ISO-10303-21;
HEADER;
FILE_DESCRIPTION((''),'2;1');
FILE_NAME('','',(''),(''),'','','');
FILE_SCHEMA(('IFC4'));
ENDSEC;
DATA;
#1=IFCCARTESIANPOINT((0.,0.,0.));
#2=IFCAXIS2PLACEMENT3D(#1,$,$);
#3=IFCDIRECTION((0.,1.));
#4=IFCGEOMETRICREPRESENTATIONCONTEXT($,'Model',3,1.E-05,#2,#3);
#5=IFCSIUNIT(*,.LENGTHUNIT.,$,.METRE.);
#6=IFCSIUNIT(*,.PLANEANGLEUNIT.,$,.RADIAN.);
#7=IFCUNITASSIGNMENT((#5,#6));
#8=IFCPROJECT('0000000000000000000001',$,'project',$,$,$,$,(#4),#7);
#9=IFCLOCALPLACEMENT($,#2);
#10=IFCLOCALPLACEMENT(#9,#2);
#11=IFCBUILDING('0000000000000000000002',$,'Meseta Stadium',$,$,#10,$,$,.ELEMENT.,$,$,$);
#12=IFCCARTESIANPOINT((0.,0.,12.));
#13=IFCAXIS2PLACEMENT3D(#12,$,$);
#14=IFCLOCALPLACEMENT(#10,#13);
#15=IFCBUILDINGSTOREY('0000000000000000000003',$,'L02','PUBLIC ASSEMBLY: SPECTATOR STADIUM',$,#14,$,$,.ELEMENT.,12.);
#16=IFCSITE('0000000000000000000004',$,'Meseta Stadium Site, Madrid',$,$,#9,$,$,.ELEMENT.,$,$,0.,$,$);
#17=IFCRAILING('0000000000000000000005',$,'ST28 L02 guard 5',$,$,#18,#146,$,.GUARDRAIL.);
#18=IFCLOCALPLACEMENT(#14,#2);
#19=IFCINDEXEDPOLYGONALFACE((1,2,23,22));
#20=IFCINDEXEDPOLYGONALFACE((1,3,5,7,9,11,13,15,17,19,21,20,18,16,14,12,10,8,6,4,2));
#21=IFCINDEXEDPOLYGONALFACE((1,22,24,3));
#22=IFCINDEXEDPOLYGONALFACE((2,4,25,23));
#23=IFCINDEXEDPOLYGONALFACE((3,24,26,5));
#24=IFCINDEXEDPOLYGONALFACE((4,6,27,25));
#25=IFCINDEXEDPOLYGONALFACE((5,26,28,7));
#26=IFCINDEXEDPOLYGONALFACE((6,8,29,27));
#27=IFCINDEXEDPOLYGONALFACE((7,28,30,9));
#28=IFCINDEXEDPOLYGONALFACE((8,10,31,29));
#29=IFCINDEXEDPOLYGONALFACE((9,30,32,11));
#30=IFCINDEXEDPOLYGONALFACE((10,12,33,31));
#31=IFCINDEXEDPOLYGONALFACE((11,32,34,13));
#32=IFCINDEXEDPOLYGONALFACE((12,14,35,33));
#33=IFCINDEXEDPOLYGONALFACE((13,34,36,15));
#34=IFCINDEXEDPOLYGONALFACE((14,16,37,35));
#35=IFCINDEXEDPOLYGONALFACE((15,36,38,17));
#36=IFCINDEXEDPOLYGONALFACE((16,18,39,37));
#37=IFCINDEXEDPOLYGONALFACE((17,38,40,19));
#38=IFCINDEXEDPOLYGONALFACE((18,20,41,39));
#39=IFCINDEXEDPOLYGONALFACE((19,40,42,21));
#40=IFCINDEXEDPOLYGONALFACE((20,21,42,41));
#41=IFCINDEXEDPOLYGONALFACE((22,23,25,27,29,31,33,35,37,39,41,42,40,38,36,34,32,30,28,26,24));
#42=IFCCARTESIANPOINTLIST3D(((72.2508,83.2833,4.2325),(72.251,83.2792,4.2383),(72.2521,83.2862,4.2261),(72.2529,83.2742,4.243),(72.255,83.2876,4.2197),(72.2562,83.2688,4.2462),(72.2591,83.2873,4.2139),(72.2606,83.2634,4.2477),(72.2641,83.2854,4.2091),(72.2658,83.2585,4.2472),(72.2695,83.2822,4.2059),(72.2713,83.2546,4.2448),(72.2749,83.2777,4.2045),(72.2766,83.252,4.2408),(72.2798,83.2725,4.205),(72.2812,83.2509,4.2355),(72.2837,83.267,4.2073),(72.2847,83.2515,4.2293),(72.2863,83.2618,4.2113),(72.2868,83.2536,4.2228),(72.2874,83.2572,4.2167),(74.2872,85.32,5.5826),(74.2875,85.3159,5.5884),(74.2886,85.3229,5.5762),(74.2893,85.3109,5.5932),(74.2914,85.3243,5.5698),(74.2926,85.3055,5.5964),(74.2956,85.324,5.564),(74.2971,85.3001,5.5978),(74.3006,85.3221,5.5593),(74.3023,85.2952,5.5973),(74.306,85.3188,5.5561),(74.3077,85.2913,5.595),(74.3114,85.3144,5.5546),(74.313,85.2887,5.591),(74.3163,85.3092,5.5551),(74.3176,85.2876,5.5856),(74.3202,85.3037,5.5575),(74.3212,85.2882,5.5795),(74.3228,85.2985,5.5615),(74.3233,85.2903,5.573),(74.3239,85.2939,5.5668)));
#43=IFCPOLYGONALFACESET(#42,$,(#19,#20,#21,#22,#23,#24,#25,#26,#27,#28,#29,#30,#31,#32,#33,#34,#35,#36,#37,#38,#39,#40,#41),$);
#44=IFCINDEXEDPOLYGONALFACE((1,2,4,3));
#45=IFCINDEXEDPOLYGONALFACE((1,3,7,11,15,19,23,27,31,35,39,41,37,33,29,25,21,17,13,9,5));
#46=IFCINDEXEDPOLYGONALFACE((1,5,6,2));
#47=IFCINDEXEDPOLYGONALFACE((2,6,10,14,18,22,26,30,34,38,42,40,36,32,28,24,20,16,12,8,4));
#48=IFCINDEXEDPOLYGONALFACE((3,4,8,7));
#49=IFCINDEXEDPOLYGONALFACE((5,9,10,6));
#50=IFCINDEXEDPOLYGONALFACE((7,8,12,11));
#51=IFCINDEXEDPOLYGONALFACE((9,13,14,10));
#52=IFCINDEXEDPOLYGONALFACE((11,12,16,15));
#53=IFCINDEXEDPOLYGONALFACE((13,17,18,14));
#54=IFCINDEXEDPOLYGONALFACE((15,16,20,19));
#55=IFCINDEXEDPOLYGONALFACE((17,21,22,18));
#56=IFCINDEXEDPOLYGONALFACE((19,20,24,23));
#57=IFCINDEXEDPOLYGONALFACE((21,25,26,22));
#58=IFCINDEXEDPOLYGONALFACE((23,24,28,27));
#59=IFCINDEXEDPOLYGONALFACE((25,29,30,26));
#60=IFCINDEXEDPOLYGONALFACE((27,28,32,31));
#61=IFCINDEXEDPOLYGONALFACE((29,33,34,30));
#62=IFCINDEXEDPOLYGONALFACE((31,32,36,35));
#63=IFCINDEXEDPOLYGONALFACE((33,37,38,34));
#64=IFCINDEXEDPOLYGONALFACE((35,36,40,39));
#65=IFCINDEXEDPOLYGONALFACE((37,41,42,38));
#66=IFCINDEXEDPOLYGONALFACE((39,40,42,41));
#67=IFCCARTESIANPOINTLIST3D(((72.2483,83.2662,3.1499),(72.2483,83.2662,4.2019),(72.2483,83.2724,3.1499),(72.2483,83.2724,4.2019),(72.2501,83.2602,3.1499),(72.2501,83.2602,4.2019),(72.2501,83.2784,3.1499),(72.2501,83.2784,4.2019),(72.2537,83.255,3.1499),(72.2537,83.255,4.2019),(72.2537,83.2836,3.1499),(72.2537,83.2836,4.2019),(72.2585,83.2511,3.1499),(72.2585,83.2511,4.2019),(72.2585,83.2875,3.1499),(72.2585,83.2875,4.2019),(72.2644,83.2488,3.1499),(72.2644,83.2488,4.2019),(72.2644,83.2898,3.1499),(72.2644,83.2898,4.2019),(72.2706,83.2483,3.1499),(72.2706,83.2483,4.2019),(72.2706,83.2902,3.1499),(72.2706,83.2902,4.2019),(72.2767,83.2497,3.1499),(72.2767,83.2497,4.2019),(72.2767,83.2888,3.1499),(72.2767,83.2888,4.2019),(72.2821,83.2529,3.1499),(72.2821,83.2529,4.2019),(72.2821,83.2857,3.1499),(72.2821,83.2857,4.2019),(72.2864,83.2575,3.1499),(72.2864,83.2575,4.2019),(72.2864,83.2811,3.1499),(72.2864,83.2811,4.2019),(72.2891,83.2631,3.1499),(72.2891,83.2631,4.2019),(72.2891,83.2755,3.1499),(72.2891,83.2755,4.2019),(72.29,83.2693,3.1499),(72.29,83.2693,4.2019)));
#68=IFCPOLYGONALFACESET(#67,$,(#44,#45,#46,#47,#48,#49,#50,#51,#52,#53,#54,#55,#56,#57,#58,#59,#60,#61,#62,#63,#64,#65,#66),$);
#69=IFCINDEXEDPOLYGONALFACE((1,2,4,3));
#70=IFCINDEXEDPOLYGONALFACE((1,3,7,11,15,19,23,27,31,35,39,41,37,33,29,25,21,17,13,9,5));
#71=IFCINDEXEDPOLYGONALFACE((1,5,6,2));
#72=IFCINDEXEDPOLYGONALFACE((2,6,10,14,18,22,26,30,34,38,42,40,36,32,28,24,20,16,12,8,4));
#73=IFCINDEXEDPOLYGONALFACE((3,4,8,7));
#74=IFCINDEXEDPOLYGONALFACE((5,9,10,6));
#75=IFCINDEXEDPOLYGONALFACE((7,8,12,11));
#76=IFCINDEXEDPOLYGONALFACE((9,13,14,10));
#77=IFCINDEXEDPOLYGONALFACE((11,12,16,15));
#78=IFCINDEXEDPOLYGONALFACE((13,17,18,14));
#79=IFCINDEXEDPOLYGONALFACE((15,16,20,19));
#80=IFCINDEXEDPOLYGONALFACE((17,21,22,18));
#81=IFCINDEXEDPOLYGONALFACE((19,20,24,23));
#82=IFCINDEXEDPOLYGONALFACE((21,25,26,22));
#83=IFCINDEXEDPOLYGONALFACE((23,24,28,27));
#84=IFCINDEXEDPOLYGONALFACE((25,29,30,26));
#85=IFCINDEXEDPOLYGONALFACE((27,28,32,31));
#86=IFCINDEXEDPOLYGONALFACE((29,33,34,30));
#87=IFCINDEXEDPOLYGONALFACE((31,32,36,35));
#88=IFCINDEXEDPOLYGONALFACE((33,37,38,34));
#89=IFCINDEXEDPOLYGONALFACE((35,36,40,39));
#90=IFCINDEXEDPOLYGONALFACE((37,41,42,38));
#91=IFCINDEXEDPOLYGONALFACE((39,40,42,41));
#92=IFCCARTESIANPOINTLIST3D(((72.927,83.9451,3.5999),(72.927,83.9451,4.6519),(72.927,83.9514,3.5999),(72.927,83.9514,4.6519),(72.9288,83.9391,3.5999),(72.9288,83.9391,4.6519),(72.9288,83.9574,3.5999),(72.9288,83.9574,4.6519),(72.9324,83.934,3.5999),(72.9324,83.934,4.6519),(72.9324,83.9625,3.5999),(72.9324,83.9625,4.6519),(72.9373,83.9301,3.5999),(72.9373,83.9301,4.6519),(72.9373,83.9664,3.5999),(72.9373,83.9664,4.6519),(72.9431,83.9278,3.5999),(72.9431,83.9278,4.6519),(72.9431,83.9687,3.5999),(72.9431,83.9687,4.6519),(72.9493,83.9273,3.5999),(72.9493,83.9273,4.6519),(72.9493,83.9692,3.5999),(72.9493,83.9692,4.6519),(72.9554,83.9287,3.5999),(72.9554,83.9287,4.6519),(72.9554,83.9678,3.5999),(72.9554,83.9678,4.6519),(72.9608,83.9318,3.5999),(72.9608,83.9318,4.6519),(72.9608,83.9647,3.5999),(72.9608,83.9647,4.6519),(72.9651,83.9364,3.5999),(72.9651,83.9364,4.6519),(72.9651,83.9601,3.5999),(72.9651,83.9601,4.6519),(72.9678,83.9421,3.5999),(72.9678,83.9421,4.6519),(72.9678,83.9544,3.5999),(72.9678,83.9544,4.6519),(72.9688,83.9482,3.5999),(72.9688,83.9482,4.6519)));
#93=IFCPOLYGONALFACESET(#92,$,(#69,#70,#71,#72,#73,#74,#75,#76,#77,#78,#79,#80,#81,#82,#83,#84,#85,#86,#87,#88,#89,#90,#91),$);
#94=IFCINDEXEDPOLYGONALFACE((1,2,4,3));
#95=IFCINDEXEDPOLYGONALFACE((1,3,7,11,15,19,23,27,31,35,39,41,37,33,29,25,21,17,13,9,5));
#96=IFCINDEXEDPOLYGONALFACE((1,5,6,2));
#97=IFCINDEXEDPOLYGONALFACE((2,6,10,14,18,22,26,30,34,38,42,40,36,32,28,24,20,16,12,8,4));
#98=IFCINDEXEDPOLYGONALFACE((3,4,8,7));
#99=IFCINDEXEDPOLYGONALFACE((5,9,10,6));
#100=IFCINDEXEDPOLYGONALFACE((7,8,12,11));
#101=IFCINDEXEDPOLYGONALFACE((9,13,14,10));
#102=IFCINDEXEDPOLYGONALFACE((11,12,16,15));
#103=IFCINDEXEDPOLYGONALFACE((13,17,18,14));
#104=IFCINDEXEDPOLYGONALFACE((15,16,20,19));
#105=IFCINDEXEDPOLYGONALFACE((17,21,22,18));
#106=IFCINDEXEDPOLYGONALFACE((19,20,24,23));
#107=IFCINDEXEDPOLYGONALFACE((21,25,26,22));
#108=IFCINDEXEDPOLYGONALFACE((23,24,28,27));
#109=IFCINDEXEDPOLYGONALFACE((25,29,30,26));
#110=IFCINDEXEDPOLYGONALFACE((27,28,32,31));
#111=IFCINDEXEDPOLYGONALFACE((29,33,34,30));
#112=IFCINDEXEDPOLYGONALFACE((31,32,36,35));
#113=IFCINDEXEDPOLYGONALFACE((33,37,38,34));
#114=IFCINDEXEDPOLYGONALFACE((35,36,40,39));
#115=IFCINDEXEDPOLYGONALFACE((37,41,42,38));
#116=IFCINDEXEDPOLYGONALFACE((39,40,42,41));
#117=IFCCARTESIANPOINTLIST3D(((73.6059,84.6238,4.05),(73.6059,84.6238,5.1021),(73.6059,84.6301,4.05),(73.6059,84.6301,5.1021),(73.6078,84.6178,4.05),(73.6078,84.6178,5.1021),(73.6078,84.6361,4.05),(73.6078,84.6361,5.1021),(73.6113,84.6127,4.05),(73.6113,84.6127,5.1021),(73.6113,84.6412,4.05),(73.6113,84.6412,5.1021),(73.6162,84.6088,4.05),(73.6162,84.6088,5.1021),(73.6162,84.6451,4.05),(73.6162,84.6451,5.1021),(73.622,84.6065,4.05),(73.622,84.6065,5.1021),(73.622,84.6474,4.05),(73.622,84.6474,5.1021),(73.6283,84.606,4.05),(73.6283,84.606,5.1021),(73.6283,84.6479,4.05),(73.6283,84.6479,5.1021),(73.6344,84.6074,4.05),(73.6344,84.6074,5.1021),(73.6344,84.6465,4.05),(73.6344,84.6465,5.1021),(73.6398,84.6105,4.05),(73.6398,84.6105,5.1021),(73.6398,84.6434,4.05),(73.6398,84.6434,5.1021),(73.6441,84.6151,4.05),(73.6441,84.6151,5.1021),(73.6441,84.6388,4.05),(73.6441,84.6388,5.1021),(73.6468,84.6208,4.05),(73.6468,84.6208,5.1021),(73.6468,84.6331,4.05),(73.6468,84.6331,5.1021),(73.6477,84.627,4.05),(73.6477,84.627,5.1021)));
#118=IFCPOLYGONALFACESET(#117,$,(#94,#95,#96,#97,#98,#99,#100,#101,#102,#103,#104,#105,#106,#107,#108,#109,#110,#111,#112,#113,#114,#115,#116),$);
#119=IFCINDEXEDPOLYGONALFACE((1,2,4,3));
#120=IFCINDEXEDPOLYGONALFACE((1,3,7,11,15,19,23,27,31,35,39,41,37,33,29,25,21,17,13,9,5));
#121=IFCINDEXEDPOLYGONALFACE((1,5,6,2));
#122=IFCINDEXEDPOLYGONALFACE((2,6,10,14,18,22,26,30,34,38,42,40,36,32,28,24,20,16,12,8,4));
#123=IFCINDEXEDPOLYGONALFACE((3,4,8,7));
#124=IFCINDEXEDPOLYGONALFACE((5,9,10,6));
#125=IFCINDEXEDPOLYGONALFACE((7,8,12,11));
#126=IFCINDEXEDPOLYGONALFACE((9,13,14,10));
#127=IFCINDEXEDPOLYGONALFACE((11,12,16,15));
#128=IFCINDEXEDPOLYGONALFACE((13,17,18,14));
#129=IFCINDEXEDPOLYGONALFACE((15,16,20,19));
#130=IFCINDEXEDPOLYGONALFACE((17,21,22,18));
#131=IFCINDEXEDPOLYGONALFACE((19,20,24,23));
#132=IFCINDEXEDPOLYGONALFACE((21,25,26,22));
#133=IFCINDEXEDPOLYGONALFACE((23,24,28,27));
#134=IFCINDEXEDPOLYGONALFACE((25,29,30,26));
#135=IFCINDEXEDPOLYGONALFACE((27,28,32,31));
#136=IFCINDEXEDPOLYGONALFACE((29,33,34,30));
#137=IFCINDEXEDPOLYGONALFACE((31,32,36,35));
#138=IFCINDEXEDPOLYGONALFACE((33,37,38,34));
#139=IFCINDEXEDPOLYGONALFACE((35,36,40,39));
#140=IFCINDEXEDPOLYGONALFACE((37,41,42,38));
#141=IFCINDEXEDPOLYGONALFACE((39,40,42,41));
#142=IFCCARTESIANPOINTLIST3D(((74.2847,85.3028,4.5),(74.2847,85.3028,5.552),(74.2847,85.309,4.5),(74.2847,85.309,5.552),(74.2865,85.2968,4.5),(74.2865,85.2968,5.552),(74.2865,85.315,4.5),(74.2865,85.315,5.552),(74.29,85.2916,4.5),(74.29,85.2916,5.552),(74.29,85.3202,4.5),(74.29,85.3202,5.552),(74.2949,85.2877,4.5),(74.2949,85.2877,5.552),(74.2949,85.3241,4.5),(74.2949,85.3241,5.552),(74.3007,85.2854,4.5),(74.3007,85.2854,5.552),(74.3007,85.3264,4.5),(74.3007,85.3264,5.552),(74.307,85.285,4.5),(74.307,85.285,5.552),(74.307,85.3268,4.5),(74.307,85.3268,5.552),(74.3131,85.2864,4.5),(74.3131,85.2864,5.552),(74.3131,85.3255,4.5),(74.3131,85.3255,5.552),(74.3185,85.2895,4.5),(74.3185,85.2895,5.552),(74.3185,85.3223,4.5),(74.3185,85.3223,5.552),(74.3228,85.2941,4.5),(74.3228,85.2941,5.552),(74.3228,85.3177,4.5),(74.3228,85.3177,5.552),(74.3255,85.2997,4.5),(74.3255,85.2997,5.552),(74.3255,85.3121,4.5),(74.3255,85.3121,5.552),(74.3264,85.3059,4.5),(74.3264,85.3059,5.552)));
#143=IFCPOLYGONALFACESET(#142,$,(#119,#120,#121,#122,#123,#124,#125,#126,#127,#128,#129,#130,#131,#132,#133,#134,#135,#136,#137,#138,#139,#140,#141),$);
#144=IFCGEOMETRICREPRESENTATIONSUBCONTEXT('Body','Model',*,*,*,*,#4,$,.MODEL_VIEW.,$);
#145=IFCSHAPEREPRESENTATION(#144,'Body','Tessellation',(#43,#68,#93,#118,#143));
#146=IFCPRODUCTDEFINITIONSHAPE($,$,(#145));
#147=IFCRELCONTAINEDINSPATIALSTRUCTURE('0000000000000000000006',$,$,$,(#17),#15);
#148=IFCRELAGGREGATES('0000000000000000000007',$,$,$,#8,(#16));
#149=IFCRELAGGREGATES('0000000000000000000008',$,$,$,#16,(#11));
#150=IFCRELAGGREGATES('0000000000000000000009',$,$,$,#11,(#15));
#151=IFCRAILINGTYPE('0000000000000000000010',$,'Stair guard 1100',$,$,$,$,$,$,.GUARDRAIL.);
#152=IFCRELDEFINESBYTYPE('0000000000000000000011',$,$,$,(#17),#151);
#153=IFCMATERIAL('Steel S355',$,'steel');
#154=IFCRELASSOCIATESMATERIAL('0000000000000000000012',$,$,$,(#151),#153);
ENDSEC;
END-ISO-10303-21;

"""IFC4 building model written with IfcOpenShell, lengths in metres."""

from ifc_helpers import new_model, si_unit, direction, frame, origin, origin_2d, place, context, subcontext, project, spatial, circle, extrude, material, type_object, element, save


model = new_model("IFC4")

# Units and contexts
model_context = context("Model", 3, precision=1e-05, world=origin(), true_north=direction((0.0, 1.0)))
body_context = subcontext(model_context, "Body", "Model", "MODEL_VIEW")
ifc_project = project(units=[si_unit("LENGTHUNIT", "METRE"), si_unit("PLANEANGLEUNIT", "RADIAN")], contexts=[model_context])

# Site, building, storey
site_placement = place(None, origin())
site = spatial("IfcSite", under=ifc_project, at=site_placement, Name="Meseta Stadium Site, Madrid", CompositionType="ELEMENT", RefElevation=0.0)
building_placement = place(site_placement, origin())
building = spatial("IfcBuilding", under=site, at=building_placement, Name="Meseta Stadium", CompositionType="ELEMENT")
storey_placement = place(building_placement, frame((0.0, 0.0, 12.0)))
storey = spatial("IfcBuildingStorey", under=building, at=storey_placement, Name="L02", Description="PUBLIC ASSEMBLY: SPECTATOR STADIUM", CompositionType="ELEMENT", Elevation=12.0)

# Railing
ifc_material_1 = material(Name="Steel S355", Category="steel")
railing_type_1 = type_object("IfcRailingType", Name="Stair guard 1100", PredefinedType="GUARDRAIL", material=ifc_material_1)
railing_1_placement = place(storey_placement, frame((72.269, 83.2693, 3.1499)))
element("IfcRailing", 1, at=railing_1_placement, inside=storey, type_object=railing_type_1, Name="ST28 L02 guard 5", PredefinedType="GUARDRAIL", context=body_context, shape_type="SweptSolid", body=[
    extrude(circle(Radius=0.0239, at=origin_2d()), frame((0.0, 0.0, 1.0762), z_axis=(0.640211, 0.640288, 0.424454), x_axis=(-0.707149, 0.707064, 0.0)), (0.0, 0.0, 1.0), 3.1809),
    extrude(circle(Radius=0.021, at=origin_2d()), origin(), (0.0, 0.0, 1.0), 1.052),
    extrude(circle(Radius=0.021, at=origin_2d()), frame((0.6787, 0.679, 0.45)), (0.0, 0.0, 1.0), 1.052),
    extrude(circle(Radius=0.021, at=origin_2d()), frame((1.3577, 1.3577, 0.9001)), (0.0, 0.0, 1.0), 1.052),
    extrude(circle(Radius=0.021, at=origin_2d()), frame((2.0364, 2.0366, 1.3501)), (0.0, 0.0, 1.0), 1.052),
])

save(model, "model.ifc")
